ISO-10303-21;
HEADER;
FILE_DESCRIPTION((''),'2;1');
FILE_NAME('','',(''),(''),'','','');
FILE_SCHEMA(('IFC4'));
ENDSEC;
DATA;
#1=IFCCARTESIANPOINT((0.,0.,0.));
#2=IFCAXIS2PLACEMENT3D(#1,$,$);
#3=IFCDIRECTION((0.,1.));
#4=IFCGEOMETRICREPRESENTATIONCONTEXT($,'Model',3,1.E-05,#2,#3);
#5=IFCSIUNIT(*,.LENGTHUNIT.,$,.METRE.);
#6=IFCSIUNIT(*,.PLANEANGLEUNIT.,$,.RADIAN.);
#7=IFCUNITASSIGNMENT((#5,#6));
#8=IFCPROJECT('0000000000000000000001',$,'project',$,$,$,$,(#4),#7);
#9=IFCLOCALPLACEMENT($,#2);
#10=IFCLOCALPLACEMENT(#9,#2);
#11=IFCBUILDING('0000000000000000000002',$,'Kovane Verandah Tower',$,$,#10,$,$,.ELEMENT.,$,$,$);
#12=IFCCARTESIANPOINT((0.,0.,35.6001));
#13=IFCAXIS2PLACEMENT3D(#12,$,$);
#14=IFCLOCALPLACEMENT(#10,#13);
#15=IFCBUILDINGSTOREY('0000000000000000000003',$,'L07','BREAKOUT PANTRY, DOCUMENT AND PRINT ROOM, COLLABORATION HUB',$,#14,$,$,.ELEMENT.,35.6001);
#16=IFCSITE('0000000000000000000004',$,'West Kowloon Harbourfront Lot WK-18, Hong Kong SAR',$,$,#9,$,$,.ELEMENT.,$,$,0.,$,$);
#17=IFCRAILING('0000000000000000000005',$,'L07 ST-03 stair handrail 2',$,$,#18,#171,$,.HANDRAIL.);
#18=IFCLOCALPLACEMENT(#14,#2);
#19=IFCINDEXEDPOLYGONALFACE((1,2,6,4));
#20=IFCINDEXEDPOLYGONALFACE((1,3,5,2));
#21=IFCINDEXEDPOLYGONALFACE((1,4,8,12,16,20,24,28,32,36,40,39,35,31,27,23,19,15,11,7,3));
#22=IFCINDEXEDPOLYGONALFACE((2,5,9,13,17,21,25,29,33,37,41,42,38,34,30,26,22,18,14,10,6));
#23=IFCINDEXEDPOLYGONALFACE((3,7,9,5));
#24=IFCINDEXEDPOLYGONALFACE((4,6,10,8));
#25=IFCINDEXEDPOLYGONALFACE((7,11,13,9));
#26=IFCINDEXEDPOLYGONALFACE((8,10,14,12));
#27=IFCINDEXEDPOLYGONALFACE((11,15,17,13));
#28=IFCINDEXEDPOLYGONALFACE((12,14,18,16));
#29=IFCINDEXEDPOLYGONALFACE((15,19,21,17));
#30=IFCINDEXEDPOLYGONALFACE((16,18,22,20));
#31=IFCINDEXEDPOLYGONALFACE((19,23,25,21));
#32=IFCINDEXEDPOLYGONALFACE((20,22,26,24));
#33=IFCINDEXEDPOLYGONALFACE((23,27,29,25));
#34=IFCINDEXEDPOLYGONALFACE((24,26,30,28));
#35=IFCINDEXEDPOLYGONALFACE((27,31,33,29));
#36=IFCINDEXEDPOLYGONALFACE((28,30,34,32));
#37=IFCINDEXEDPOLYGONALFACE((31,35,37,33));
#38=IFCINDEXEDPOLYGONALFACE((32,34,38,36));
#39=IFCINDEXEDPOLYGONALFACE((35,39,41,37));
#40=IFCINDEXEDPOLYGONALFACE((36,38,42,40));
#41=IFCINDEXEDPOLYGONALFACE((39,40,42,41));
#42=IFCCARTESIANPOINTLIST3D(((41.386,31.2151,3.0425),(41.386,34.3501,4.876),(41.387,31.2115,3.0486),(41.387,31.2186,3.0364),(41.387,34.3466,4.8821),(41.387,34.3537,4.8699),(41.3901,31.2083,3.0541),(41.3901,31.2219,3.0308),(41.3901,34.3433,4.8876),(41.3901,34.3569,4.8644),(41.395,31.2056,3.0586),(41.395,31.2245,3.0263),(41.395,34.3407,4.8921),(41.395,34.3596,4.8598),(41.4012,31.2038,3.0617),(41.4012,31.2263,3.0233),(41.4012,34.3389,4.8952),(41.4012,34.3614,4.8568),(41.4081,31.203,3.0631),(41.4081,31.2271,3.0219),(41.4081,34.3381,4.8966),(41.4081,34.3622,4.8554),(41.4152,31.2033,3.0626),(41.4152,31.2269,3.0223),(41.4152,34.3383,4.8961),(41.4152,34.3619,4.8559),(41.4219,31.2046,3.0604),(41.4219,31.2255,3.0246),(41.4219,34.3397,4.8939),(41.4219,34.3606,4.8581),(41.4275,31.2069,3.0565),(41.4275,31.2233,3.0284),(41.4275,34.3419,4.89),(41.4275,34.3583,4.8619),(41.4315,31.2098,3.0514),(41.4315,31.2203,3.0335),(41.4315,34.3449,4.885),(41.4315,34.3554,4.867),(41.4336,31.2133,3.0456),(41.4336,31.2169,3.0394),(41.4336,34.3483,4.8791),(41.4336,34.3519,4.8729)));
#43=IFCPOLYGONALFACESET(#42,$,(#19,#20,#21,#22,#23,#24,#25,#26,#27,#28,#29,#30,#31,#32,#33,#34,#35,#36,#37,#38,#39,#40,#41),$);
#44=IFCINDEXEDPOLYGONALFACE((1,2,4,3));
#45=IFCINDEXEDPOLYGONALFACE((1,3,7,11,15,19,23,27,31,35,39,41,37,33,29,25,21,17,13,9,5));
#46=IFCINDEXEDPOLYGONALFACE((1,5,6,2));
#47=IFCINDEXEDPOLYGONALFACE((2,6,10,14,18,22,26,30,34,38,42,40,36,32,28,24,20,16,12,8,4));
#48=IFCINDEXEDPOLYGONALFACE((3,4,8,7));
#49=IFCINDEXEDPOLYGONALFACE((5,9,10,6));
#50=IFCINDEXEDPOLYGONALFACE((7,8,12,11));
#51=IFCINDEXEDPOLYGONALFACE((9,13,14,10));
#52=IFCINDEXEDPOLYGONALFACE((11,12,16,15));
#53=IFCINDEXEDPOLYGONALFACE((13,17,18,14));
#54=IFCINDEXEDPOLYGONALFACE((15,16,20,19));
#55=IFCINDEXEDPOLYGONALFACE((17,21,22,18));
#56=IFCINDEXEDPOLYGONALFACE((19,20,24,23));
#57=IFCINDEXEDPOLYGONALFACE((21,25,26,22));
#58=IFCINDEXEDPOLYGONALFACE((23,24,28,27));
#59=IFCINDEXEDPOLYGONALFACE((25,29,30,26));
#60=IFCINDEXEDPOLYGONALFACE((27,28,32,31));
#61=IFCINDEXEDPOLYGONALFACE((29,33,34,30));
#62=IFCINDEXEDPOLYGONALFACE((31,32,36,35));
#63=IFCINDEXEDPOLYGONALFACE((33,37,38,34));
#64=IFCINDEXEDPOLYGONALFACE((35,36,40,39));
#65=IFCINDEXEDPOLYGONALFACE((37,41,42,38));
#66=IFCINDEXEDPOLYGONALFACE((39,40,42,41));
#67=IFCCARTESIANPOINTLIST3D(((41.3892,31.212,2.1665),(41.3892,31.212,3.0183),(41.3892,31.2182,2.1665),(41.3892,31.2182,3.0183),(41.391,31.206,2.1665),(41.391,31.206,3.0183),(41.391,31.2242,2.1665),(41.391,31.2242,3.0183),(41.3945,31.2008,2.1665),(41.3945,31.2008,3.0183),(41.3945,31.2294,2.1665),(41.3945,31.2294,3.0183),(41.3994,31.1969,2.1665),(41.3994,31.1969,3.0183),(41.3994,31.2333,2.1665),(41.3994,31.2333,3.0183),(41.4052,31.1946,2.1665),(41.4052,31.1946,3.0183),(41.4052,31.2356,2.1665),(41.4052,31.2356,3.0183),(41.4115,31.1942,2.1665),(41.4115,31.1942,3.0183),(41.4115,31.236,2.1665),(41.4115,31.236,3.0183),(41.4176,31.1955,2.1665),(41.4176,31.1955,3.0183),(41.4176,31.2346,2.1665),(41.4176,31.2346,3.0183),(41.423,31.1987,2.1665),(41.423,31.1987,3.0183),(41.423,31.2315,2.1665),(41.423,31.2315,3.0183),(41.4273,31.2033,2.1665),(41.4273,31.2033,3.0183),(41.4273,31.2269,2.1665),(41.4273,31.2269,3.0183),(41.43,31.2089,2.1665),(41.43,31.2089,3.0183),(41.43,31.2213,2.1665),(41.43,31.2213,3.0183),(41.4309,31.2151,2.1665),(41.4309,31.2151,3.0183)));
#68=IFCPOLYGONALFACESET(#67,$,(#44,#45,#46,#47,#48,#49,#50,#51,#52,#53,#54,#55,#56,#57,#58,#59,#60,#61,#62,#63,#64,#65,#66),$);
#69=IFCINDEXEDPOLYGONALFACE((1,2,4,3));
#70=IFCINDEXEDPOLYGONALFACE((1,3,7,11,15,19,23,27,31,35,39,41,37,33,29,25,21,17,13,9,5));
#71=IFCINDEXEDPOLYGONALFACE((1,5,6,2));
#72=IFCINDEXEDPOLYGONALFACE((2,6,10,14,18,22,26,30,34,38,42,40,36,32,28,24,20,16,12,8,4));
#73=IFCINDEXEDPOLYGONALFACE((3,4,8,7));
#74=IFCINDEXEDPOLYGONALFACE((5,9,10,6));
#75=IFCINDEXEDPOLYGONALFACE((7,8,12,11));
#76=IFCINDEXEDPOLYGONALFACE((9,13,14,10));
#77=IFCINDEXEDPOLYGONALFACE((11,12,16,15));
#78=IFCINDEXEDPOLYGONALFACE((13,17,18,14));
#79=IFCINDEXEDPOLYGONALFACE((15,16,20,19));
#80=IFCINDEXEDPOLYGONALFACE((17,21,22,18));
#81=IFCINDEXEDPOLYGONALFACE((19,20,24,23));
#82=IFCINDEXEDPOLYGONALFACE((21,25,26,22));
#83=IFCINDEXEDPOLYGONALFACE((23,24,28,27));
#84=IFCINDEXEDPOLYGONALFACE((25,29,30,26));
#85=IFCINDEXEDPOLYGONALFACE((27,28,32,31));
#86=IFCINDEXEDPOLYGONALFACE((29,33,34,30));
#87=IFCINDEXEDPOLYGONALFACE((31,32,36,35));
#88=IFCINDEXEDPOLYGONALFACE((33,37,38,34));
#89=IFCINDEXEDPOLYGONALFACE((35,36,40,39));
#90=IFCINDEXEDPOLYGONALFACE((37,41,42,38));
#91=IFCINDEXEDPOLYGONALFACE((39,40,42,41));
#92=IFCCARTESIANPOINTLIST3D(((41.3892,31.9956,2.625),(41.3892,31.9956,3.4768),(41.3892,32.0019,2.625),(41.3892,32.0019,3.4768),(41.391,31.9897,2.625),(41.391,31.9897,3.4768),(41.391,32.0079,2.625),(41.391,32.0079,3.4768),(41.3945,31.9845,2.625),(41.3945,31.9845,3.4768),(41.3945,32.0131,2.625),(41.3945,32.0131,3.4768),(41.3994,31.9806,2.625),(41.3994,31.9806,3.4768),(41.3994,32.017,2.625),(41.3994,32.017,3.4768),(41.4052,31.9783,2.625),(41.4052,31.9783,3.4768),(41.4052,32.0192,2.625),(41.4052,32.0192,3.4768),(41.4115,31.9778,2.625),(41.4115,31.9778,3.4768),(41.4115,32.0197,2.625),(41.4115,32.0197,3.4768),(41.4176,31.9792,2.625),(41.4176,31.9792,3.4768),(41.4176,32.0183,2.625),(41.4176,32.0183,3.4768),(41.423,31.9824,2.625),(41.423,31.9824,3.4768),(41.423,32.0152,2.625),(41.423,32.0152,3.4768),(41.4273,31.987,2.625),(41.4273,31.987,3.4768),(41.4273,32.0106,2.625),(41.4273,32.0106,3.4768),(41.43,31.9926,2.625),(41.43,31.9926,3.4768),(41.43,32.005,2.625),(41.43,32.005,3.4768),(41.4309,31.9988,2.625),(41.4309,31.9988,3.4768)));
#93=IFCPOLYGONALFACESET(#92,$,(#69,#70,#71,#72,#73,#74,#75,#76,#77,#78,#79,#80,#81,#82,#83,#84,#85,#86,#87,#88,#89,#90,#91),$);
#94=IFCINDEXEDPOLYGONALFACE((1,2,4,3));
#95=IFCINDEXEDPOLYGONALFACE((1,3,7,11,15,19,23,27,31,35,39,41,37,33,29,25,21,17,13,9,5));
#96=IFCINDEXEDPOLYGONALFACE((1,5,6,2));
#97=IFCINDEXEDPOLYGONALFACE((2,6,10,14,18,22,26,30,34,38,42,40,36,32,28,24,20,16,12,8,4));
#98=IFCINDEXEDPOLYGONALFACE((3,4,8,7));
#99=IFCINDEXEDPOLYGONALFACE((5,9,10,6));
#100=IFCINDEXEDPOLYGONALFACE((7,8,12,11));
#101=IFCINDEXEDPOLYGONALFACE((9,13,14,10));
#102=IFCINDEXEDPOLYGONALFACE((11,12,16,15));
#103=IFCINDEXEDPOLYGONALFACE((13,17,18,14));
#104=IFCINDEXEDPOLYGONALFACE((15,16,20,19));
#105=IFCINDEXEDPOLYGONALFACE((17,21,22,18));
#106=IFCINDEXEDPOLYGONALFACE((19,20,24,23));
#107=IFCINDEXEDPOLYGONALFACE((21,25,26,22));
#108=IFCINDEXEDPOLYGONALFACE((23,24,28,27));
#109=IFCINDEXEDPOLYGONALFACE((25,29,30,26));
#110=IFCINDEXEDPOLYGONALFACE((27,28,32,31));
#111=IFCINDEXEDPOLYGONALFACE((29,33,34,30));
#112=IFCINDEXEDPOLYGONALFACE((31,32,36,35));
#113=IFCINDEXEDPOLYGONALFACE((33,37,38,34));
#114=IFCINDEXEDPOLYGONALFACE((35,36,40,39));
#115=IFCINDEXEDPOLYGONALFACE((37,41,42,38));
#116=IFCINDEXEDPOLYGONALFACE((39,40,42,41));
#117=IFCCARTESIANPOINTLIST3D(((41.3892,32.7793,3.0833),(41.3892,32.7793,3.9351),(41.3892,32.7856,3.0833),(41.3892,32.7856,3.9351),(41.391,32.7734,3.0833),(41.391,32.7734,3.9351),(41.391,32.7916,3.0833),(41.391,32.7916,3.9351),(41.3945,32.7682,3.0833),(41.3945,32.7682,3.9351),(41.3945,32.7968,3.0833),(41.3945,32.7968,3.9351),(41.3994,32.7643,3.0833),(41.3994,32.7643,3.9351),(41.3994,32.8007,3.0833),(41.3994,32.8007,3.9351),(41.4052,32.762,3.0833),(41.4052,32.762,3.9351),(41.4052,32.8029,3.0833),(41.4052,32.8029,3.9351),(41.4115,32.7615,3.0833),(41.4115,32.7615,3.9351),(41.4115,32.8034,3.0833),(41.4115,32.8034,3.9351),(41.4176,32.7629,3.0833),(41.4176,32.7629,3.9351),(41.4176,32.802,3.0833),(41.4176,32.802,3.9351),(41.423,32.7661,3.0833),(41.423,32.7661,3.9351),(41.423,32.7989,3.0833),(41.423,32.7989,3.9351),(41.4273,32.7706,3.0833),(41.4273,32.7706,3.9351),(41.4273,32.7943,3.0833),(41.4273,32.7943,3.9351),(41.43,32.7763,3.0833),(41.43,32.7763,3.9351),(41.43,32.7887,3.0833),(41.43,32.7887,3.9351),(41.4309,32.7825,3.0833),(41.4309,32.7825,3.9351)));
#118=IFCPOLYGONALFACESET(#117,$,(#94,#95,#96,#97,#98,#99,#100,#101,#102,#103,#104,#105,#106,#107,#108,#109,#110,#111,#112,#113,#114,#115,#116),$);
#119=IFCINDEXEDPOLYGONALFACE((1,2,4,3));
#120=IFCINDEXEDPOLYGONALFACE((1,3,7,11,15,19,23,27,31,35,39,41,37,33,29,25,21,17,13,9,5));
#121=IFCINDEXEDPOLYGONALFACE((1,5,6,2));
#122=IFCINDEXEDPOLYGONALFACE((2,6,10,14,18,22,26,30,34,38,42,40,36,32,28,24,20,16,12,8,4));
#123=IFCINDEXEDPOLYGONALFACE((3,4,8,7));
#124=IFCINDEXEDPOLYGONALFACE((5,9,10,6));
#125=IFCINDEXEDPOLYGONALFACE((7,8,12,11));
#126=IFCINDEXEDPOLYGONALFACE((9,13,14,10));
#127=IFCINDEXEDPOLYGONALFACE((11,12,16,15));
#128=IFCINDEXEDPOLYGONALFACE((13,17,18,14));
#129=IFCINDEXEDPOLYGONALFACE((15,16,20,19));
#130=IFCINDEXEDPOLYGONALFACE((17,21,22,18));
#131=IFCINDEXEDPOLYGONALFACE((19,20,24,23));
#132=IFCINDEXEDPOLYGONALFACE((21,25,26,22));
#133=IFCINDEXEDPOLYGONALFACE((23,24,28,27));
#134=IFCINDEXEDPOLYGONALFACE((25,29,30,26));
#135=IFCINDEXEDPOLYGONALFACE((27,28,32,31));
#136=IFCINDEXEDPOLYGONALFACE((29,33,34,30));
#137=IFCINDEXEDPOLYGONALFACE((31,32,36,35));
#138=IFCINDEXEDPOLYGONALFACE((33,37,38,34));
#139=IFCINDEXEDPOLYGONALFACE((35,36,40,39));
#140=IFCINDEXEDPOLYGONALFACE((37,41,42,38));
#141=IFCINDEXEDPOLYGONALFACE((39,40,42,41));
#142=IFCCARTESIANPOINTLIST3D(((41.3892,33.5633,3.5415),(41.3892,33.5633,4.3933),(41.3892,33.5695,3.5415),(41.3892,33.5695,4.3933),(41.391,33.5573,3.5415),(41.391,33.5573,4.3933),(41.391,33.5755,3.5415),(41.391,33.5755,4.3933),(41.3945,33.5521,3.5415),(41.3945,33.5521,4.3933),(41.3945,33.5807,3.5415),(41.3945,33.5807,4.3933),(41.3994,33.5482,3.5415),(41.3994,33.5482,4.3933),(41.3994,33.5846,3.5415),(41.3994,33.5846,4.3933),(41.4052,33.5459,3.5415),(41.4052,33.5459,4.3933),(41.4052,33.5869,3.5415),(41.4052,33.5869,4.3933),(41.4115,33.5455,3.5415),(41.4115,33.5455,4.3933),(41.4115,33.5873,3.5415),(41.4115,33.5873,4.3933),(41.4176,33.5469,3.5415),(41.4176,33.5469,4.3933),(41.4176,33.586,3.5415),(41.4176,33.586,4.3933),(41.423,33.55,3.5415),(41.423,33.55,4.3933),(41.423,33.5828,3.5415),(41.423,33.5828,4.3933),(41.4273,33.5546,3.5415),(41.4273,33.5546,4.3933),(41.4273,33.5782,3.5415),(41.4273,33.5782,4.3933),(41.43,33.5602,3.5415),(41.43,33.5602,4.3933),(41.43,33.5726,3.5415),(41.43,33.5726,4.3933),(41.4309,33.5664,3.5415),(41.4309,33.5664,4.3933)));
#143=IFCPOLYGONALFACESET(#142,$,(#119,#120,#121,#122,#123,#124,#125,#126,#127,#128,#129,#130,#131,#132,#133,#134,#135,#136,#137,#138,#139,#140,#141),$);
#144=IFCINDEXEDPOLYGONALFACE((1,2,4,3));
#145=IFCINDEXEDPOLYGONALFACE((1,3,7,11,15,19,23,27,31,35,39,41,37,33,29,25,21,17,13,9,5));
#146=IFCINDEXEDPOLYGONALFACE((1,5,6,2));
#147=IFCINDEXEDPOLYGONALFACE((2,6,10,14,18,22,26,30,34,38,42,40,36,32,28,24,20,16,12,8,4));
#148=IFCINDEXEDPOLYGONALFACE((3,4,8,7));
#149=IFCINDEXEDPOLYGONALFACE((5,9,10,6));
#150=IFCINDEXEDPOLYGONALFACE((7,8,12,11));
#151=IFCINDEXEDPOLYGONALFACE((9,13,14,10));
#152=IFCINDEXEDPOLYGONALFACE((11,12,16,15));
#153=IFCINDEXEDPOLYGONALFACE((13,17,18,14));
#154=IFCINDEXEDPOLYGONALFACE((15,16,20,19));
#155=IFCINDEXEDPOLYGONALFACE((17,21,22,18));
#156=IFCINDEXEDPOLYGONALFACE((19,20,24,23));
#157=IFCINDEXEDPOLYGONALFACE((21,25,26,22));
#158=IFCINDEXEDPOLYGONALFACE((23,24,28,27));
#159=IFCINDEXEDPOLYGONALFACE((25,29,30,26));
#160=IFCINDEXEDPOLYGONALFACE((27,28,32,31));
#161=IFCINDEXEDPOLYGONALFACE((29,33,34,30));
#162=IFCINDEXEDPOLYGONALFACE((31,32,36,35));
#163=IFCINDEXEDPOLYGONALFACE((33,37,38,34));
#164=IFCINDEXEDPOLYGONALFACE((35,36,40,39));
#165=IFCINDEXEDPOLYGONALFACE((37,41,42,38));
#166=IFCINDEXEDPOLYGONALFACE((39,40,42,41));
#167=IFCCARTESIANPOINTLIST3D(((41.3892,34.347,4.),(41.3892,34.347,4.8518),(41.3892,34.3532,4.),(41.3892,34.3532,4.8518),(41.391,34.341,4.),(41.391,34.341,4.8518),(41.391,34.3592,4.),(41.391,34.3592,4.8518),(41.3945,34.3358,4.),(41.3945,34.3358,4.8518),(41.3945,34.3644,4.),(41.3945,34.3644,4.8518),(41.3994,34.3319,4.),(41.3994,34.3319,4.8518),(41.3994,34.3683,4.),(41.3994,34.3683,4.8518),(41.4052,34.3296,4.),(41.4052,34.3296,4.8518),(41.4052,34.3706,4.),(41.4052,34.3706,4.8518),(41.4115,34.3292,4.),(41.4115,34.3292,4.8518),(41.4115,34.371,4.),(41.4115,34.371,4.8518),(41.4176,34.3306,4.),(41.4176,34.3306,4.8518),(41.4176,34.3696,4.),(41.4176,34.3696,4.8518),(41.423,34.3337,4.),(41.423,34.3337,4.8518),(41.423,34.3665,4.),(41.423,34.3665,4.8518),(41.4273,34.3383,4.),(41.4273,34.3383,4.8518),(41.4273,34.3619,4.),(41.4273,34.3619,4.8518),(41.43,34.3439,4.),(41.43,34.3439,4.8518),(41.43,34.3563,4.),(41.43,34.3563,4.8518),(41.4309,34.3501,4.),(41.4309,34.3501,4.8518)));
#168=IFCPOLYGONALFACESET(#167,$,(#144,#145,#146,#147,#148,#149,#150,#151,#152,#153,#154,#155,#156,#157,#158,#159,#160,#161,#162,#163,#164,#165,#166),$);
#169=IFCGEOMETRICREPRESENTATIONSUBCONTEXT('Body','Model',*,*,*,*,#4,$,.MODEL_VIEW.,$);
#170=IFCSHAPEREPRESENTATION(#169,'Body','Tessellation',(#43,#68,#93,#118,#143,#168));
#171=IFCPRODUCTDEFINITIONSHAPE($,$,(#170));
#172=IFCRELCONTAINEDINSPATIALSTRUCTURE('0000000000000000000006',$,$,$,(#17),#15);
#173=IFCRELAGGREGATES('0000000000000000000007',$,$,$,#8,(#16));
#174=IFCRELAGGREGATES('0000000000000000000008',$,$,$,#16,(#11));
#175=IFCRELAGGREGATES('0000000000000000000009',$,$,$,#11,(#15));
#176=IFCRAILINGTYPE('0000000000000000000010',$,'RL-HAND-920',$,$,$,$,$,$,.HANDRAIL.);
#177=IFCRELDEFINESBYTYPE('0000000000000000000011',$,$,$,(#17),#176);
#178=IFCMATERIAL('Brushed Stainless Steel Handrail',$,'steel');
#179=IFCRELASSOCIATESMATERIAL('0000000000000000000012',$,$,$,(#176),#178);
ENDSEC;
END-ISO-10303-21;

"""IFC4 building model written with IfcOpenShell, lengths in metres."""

from ifc_helpers import new_model, si_unit, direction, frame, origin, origin_2d, place, context, subcontext, project, spatial, circle, extrude, material, type_object, element, save


model = new_model("IFC4")

# Units and contexts
model_context = context("Model", 3, precision=1e-05, world=origin(), true_north=direction((0.0, 1.0)))
body_context = subcontext(model_context, "Body", "Model", "MODEL_VIEW")
ifc_project = project(units=[si_unit("LENGTHUNIT", "METRE"), si_unit("PLANEANGLEUNIT", "RADIAN")], contexts=[model_context])

# Site, building, storey
site_placement = place(None, origin())
site = spatial("IfcSite", under=ifc_project, at=site_placement, Name="West Kowloon Harbourfront Lot WK-18, Hong Kong SAR", CompositionType="ELEMENT", RefElevation=0.0)
building_placement = place(site_placement, origin())
building = spatial("IfcBuilding", under=site, at=building_placement, Name="Kovane Verandah Tower", CompositionType="ELEMENT")
storey_placement = place(building_placement, frame((0.0, 0.0, 35.6001)))
storey = spatial("IfcBuildingStorey", under=building, at=storey_placement, Name="L07", Description="BREAKOUT PANTRY, DOCUMENT AND PRINT ROOM, COLLABORATION HUB", CompositionType="ELEMENT", Elevation=35.6001)

# Railing
ifc_material_1 = material(Name="Brushed Stainless Steel Handrail", Category="steel")
railing_type_1 = type_object("IfcRailingType", Name="RL-HAND-920", PredefinedType="HANDRAIL", material=ifc_material_1)
railing_1_placement = place(storey_placement, frame((41.4099, 31.2151, 2.1665)))
element("IfcRailing", 1, at=railing_1_placement, inside=storey, type_object=railing_type_1, Name="L07 ST-03 stair handrail 2", PredefinedType="HANDRAIL", context=body_context, shape_type="SweptSolid", body=[
    extrude(circle(Radius=0.0239, at=origin_2d()), frame((0.0, 0.0, 0.876), z_axis=(0.0, 0.86321, 0.504845), x_axis=(-1.0, 0.0, 0.0)), (0.0, 0.0, 1.0), 3.6318),
    extrude(circle(Radius=0.021, at=origin_2d()), origin(), (0.0, 0.0, 1.0), 0.8518),
    extrude(circle(Radius=0.021, at=origin_2d()), frame((0.0, 0.7837, 0.4585)), (0.0, 0.0, 1.0), 0.8518),
    extrude(circle(Radius=0.021, at=origin_2d()), frame((0.0, 1.5674, 0.9167)), (0.0, 0.0, 1.0), 0.8518),
    extrude(circle(Radius=0.021, at=origin_2d()), frame((0.0, 2.3513, 1.375)), (0.0, 0.0, 1.0), 0.8518),
    extrude(circle(Radius=0.021, at=origin_2d()), frame((0.0, 3.135, 1.8335)), (0.0, 0.0, 1.0), 0.8518),
])

save(model, "model.ifc")
